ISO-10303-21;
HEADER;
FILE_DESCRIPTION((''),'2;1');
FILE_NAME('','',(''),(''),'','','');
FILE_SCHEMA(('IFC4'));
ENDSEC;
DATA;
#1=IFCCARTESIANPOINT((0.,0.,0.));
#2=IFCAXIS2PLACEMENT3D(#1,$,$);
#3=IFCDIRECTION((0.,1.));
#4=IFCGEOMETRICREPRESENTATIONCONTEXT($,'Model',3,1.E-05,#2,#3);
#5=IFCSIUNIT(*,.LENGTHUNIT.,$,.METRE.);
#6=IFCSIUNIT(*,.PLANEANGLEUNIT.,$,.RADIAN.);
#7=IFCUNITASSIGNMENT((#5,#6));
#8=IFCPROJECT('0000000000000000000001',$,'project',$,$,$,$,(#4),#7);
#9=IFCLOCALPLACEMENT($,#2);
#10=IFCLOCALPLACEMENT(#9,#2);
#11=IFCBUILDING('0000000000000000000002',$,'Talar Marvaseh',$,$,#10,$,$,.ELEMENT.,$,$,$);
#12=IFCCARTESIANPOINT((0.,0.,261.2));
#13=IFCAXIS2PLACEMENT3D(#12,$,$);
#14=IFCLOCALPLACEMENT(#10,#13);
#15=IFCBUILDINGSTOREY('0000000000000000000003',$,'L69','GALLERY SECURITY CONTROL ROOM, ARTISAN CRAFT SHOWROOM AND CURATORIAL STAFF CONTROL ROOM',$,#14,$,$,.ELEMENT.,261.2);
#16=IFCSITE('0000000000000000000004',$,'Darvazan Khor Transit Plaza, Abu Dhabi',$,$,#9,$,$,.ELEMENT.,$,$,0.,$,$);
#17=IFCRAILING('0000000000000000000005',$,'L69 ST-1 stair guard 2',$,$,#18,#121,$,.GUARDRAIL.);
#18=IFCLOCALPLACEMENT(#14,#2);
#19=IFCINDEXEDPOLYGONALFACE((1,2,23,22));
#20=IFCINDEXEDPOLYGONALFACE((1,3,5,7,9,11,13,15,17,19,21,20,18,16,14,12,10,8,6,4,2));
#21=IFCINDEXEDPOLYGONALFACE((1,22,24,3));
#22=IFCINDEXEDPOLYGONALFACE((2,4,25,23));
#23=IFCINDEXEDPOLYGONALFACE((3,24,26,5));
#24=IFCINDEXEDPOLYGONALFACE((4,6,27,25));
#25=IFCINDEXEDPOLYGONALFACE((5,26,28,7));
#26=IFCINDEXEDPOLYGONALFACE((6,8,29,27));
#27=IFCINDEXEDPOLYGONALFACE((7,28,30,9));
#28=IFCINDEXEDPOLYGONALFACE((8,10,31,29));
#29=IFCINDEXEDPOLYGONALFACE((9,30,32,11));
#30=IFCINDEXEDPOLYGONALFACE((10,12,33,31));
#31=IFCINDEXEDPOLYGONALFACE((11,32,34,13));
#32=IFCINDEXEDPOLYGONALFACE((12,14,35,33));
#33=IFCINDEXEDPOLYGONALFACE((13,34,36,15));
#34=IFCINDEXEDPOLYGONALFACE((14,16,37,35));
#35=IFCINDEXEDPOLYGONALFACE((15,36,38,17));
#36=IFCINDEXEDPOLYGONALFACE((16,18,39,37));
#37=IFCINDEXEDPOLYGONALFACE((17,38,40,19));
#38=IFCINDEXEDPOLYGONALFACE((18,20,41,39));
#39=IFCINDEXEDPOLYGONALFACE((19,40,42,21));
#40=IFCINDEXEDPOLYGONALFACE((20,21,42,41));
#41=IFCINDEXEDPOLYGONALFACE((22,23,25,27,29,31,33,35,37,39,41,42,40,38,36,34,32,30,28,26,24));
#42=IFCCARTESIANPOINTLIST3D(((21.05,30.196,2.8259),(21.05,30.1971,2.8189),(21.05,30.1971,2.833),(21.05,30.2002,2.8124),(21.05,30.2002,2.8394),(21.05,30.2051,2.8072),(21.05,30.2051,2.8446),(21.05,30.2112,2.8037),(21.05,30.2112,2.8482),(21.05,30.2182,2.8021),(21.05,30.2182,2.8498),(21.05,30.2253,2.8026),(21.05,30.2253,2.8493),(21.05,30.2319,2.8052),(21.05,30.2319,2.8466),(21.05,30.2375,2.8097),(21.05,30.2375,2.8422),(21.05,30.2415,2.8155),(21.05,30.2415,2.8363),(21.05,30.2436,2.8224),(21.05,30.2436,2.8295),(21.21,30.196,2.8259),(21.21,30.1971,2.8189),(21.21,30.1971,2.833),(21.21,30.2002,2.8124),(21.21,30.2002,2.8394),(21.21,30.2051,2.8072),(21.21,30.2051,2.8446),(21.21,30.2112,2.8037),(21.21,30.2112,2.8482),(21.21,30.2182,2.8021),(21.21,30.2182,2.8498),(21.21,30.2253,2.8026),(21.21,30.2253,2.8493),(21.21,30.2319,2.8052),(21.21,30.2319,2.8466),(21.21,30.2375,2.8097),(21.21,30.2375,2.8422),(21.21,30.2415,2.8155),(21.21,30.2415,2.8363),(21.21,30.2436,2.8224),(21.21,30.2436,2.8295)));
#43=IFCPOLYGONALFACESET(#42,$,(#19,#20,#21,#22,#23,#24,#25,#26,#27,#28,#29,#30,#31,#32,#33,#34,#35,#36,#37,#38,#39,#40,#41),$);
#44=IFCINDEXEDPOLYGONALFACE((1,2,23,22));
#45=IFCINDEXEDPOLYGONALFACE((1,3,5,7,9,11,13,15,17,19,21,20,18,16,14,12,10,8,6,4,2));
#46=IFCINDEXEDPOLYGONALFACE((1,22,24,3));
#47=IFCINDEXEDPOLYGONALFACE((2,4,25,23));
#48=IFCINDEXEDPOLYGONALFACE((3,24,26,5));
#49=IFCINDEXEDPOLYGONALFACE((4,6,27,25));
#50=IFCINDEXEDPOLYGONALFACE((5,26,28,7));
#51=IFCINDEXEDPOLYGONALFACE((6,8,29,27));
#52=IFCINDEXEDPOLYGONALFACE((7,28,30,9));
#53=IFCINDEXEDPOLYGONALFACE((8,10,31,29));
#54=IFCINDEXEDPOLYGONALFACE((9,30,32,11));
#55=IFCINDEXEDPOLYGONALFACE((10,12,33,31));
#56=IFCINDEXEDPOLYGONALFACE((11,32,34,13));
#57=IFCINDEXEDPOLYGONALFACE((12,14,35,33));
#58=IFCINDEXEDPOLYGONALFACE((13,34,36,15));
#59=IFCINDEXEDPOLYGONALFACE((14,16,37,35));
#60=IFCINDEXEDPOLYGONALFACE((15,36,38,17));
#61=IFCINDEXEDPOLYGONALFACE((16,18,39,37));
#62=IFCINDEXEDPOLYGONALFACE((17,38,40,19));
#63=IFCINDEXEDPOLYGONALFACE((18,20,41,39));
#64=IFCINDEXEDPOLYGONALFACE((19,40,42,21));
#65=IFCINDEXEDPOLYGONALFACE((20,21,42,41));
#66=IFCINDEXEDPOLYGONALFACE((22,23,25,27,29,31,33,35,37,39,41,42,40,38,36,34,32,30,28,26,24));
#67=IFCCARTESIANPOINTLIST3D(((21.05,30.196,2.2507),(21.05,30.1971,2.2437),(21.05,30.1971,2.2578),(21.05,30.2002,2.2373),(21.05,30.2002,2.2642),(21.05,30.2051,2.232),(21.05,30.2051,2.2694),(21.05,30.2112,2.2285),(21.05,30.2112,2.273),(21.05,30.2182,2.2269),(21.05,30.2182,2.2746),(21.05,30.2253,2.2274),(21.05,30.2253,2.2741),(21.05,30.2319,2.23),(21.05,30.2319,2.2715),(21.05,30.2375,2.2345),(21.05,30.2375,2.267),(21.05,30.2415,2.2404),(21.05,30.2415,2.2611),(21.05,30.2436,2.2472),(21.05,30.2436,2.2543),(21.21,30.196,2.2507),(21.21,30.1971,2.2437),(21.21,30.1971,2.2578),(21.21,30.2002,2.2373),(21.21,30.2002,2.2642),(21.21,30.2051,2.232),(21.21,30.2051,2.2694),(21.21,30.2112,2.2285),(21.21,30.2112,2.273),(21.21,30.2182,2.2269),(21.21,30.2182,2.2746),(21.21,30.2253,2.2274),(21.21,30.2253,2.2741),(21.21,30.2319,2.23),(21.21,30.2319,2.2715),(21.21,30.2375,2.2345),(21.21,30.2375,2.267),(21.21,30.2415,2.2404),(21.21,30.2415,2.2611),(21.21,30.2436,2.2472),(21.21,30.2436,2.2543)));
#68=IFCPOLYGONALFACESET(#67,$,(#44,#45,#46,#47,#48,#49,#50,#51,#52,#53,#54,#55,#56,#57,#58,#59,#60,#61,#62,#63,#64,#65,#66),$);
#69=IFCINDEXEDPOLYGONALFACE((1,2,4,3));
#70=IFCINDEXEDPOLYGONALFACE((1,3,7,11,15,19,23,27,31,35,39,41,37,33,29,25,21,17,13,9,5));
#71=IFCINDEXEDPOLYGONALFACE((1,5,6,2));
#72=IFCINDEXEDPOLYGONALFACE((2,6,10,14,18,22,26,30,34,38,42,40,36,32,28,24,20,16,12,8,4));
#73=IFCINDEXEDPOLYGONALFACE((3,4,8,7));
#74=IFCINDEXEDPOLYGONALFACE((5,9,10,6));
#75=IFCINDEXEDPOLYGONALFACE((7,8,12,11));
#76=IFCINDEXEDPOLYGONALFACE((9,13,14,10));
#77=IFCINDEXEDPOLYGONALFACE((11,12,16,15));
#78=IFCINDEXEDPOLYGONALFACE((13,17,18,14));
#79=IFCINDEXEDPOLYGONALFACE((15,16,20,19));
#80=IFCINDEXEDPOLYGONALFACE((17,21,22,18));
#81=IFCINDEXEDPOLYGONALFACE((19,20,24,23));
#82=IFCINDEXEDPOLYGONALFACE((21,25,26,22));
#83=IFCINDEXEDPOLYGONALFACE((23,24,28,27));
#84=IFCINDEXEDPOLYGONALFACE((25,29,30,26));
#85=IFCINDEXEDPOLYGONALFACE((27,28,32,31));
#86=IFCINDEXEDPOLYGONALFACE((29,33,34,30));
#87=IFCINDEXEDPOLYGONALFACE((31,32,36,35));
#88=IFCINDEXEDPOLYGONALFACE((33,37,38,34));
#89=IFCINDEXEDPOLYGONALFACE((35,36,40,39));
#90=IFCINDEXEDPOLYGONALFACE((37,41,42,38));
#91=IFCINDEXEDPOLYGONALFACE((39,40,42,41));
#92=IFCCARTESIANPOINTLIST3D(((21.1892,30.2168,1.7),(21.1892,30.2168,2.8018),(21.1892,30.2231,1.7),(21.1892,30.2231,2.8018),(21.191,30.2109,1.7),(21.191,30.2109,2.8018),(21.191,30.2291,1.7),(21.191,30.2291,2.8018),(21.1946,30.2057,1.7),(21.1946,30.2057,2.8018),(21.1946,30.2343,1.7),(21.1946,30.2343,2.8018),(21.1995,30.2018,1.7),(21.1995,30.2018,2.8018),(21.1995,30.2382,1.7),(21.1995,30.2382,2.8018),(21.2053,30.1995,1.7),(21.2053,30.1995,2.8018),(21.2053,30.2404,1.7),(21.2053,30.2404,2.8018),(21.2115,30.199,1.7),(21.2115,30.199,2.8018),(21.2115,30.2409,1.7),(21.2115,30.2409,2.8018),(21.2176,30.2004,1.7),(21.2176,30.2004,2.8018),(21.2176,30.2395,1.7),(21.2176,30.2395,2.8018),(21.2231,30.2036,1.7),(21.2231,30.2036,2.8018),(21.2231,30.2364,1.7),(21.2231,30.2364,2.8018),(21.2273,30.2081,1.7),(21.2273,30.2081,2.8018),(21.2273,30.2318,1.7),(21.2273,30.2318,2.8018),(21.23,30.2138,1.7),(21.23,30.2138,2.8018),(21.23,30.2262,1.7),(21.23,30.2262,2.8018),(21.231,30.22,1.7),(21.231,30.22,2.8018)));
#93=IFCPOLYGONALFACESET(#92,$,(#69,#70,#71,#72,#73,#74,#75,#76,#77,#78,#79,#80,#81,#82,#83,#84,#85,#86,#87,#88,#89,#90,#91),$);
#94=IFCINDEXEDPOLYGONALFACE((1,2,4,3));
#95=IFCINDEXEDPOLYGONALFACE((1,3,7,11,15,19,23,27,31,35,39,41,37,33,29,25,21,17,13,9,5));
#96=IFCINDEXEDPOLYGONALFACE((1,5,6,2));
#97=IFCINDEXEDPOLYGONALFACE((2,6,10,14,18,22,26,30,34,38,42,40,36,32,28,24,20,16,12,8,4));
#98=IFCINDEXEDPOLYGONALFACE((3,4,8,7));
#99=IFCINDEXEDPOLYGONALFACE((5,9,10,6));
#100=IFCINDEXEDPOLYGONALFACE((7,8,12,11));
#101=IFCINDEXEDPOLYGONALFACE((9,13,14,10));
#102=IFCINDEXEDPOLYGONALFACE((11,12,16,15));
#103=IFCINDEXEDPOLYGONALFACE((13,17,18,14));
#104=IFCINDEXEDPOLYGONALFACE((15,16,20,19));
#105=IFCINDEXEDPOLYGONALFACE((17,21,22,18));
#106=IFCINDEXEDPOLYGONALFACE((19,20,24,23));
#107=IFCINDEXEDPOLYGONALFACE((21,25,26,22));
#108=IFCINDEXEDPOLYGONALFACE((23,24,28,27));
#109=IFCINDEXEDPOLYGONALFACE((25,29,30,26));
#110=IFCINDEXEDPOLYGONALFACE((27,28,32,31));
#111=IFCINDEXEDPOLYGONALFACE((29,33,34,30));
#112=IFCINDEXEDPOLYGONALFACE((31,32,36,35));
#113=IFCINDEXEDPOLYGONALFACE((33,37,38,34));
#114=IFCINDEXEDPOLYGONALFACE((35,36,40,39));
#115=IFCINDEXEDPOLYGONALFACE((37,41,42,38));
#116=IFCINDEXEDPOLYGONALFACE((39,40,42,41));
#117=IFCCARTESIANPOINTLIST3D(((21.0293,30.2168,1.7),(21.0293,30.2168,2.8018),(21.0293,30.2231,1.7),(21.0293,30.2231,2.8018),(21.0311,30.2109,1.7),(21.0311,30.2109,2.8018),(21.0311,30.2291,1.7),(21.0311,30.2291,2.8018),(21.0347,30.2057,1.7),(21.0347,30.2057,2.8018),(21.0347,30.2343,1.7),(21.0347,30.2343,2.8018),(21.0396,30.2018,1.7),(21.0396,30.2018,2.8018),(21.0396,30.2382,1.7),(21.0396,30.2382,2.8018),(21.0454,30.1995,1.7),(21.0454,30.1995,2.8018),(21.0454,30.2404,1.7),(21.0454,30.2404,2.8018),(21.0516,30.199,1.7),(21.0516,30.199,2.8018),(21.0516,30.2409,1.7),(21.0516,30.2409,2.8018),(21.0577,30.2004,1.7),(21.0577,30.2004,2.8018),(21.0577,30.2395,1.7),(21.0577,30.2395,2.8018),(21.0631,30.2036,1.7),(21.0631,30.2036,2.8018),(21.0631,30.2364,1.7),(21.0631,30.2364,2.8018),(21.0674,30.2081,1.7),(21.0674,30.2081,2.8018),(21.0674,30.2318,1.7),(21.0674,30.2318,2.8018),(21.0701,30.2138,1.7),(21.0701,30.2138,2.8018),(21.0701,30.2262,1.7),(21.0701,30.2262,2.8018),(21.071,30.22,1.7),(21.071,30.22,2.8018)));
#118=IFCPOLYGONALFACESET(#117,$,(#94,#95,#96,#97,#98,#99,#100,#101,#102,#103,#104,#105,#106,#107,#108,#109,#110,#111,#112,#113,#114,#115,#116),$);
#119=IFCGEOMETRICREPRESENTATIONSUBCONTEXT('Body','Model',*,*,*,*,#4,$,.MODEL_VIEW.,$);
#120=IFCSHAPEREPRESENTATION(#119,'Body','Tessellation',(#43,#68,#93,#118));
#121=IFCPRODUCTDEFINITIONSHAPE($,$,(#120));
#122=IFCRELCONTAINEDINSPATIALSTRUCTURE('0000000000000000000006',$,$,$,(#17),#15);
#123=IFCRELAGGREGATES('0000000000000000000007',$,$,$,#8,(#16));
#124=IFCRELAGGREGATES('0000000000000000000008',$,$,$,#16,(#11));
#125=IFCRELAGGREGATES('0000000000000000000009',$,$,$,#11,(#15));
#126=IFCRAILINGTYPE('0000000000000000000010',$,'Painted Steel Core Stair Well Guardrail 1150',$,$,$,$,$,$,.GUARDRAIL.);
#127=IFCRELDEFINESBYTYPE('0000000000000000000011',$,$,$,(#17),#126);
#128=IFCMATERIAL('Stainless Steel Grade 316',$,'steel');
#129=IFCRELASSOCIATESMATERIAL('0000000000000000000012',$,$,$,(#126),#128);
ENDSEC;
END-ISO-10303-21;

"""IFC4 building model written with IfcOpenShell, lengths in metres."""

from ifc_helpers import new_model, si_unit, direction, frame, origin, origin_2d, place, context, subcontext, project, spatial, circle, extrude, material, type_object, element, save


model = new_model("IFC4")

# Units and contexts
model_context = context("Model", 3, precision=1e-05, world=origin(), true_north=direction((0.0, 1.0)))
body_context = subcontext(model_context, "Body", "Model", "MODEL_VIEW")
ifc_project = project(units=[si_unit("LENGTHUNIT", "METRE"), si_unit("PLANEANGLEUNIT", "RADIAN")], contexts=[model_context])

# Site, building, storey
site_placement = place(None, origin())
site = spatial("IfcSite", under=ifc_project, at=site_placement, Name="Darvazan Khor Transit Plaza, Abu Dhabi", CompositionType="ELEMENT", RefElevation=0.0)
building_placement = place(site_placement, origin())
building = spatial("IfcBuilding", under=site, at=building_placement, Name="Talar Marvaseh", CompositionType="ELEMENT")
storey_placement = place(building_placement, frame((0.0, 0.0, 261.2)))
storey = spatial("IfcBuildingStorey", under=building, at=storey_placement, Name="L69", Description="GALLERY SECURITY CONTROL ROOM, ARTISAN CRAFT SHOWROOM AND CURATORIAL STAFF CONTROL ROOM", CompositionType="ELEMENT", Elevation=261.2)

# Shared definitions
ifc_material_1 = material(Name="Stainless Steel Grade 316", Category="steel")

# Railing
railing_type_1 = type_object("IfcRailingType", Name="Painted Steel Core Stair Well Guardrail 1150", PredefinedType="GUARDRAIL", material=ifc_material_1)
railing_1_placement = place(storey_placement, frame((21.21, 30.22, 1.7)))
element("IfcRailing", 1, at=railing_1_placement, inside=storey, type_object=railing_type_1, Name="L69 ST-1 stair guard 2", PredefinedType="GUARDRAIL", context=body_context, shape_type="SweptSolid", body=[
    extrude(circle(Radius=0.0239, at=origin_2d()), frame((0.0, 0.0, 1.126), z_axis=(-1.0, 0.0, 0.0), x_axis=(0.0, -1.0, 0.0)), (0.0, 0.0, 1.0), 0.1599),
    extrude(circle(Radius=0.0239, at=origin_2d()), frame((0.0, 0.0, 0.5508), z_axis=(-1.0, 0.0, 0.0), x_axis=(0.0, -1.0, 0.0)), (0.0, 0.0, 1.0), 0.1599),
    extrude(circle(Radius=0.021, at=origin_2d()), origin(), (0.0, 0.0, 1.0), 1.1018),
    extrude(circle(Radius=0.021, at=origin_2d()), frame((-0.1599, 0.0, 0.0)), (0.0, 0.0, 1.0), 1.1018),
])

save(model, "model.ifc")
